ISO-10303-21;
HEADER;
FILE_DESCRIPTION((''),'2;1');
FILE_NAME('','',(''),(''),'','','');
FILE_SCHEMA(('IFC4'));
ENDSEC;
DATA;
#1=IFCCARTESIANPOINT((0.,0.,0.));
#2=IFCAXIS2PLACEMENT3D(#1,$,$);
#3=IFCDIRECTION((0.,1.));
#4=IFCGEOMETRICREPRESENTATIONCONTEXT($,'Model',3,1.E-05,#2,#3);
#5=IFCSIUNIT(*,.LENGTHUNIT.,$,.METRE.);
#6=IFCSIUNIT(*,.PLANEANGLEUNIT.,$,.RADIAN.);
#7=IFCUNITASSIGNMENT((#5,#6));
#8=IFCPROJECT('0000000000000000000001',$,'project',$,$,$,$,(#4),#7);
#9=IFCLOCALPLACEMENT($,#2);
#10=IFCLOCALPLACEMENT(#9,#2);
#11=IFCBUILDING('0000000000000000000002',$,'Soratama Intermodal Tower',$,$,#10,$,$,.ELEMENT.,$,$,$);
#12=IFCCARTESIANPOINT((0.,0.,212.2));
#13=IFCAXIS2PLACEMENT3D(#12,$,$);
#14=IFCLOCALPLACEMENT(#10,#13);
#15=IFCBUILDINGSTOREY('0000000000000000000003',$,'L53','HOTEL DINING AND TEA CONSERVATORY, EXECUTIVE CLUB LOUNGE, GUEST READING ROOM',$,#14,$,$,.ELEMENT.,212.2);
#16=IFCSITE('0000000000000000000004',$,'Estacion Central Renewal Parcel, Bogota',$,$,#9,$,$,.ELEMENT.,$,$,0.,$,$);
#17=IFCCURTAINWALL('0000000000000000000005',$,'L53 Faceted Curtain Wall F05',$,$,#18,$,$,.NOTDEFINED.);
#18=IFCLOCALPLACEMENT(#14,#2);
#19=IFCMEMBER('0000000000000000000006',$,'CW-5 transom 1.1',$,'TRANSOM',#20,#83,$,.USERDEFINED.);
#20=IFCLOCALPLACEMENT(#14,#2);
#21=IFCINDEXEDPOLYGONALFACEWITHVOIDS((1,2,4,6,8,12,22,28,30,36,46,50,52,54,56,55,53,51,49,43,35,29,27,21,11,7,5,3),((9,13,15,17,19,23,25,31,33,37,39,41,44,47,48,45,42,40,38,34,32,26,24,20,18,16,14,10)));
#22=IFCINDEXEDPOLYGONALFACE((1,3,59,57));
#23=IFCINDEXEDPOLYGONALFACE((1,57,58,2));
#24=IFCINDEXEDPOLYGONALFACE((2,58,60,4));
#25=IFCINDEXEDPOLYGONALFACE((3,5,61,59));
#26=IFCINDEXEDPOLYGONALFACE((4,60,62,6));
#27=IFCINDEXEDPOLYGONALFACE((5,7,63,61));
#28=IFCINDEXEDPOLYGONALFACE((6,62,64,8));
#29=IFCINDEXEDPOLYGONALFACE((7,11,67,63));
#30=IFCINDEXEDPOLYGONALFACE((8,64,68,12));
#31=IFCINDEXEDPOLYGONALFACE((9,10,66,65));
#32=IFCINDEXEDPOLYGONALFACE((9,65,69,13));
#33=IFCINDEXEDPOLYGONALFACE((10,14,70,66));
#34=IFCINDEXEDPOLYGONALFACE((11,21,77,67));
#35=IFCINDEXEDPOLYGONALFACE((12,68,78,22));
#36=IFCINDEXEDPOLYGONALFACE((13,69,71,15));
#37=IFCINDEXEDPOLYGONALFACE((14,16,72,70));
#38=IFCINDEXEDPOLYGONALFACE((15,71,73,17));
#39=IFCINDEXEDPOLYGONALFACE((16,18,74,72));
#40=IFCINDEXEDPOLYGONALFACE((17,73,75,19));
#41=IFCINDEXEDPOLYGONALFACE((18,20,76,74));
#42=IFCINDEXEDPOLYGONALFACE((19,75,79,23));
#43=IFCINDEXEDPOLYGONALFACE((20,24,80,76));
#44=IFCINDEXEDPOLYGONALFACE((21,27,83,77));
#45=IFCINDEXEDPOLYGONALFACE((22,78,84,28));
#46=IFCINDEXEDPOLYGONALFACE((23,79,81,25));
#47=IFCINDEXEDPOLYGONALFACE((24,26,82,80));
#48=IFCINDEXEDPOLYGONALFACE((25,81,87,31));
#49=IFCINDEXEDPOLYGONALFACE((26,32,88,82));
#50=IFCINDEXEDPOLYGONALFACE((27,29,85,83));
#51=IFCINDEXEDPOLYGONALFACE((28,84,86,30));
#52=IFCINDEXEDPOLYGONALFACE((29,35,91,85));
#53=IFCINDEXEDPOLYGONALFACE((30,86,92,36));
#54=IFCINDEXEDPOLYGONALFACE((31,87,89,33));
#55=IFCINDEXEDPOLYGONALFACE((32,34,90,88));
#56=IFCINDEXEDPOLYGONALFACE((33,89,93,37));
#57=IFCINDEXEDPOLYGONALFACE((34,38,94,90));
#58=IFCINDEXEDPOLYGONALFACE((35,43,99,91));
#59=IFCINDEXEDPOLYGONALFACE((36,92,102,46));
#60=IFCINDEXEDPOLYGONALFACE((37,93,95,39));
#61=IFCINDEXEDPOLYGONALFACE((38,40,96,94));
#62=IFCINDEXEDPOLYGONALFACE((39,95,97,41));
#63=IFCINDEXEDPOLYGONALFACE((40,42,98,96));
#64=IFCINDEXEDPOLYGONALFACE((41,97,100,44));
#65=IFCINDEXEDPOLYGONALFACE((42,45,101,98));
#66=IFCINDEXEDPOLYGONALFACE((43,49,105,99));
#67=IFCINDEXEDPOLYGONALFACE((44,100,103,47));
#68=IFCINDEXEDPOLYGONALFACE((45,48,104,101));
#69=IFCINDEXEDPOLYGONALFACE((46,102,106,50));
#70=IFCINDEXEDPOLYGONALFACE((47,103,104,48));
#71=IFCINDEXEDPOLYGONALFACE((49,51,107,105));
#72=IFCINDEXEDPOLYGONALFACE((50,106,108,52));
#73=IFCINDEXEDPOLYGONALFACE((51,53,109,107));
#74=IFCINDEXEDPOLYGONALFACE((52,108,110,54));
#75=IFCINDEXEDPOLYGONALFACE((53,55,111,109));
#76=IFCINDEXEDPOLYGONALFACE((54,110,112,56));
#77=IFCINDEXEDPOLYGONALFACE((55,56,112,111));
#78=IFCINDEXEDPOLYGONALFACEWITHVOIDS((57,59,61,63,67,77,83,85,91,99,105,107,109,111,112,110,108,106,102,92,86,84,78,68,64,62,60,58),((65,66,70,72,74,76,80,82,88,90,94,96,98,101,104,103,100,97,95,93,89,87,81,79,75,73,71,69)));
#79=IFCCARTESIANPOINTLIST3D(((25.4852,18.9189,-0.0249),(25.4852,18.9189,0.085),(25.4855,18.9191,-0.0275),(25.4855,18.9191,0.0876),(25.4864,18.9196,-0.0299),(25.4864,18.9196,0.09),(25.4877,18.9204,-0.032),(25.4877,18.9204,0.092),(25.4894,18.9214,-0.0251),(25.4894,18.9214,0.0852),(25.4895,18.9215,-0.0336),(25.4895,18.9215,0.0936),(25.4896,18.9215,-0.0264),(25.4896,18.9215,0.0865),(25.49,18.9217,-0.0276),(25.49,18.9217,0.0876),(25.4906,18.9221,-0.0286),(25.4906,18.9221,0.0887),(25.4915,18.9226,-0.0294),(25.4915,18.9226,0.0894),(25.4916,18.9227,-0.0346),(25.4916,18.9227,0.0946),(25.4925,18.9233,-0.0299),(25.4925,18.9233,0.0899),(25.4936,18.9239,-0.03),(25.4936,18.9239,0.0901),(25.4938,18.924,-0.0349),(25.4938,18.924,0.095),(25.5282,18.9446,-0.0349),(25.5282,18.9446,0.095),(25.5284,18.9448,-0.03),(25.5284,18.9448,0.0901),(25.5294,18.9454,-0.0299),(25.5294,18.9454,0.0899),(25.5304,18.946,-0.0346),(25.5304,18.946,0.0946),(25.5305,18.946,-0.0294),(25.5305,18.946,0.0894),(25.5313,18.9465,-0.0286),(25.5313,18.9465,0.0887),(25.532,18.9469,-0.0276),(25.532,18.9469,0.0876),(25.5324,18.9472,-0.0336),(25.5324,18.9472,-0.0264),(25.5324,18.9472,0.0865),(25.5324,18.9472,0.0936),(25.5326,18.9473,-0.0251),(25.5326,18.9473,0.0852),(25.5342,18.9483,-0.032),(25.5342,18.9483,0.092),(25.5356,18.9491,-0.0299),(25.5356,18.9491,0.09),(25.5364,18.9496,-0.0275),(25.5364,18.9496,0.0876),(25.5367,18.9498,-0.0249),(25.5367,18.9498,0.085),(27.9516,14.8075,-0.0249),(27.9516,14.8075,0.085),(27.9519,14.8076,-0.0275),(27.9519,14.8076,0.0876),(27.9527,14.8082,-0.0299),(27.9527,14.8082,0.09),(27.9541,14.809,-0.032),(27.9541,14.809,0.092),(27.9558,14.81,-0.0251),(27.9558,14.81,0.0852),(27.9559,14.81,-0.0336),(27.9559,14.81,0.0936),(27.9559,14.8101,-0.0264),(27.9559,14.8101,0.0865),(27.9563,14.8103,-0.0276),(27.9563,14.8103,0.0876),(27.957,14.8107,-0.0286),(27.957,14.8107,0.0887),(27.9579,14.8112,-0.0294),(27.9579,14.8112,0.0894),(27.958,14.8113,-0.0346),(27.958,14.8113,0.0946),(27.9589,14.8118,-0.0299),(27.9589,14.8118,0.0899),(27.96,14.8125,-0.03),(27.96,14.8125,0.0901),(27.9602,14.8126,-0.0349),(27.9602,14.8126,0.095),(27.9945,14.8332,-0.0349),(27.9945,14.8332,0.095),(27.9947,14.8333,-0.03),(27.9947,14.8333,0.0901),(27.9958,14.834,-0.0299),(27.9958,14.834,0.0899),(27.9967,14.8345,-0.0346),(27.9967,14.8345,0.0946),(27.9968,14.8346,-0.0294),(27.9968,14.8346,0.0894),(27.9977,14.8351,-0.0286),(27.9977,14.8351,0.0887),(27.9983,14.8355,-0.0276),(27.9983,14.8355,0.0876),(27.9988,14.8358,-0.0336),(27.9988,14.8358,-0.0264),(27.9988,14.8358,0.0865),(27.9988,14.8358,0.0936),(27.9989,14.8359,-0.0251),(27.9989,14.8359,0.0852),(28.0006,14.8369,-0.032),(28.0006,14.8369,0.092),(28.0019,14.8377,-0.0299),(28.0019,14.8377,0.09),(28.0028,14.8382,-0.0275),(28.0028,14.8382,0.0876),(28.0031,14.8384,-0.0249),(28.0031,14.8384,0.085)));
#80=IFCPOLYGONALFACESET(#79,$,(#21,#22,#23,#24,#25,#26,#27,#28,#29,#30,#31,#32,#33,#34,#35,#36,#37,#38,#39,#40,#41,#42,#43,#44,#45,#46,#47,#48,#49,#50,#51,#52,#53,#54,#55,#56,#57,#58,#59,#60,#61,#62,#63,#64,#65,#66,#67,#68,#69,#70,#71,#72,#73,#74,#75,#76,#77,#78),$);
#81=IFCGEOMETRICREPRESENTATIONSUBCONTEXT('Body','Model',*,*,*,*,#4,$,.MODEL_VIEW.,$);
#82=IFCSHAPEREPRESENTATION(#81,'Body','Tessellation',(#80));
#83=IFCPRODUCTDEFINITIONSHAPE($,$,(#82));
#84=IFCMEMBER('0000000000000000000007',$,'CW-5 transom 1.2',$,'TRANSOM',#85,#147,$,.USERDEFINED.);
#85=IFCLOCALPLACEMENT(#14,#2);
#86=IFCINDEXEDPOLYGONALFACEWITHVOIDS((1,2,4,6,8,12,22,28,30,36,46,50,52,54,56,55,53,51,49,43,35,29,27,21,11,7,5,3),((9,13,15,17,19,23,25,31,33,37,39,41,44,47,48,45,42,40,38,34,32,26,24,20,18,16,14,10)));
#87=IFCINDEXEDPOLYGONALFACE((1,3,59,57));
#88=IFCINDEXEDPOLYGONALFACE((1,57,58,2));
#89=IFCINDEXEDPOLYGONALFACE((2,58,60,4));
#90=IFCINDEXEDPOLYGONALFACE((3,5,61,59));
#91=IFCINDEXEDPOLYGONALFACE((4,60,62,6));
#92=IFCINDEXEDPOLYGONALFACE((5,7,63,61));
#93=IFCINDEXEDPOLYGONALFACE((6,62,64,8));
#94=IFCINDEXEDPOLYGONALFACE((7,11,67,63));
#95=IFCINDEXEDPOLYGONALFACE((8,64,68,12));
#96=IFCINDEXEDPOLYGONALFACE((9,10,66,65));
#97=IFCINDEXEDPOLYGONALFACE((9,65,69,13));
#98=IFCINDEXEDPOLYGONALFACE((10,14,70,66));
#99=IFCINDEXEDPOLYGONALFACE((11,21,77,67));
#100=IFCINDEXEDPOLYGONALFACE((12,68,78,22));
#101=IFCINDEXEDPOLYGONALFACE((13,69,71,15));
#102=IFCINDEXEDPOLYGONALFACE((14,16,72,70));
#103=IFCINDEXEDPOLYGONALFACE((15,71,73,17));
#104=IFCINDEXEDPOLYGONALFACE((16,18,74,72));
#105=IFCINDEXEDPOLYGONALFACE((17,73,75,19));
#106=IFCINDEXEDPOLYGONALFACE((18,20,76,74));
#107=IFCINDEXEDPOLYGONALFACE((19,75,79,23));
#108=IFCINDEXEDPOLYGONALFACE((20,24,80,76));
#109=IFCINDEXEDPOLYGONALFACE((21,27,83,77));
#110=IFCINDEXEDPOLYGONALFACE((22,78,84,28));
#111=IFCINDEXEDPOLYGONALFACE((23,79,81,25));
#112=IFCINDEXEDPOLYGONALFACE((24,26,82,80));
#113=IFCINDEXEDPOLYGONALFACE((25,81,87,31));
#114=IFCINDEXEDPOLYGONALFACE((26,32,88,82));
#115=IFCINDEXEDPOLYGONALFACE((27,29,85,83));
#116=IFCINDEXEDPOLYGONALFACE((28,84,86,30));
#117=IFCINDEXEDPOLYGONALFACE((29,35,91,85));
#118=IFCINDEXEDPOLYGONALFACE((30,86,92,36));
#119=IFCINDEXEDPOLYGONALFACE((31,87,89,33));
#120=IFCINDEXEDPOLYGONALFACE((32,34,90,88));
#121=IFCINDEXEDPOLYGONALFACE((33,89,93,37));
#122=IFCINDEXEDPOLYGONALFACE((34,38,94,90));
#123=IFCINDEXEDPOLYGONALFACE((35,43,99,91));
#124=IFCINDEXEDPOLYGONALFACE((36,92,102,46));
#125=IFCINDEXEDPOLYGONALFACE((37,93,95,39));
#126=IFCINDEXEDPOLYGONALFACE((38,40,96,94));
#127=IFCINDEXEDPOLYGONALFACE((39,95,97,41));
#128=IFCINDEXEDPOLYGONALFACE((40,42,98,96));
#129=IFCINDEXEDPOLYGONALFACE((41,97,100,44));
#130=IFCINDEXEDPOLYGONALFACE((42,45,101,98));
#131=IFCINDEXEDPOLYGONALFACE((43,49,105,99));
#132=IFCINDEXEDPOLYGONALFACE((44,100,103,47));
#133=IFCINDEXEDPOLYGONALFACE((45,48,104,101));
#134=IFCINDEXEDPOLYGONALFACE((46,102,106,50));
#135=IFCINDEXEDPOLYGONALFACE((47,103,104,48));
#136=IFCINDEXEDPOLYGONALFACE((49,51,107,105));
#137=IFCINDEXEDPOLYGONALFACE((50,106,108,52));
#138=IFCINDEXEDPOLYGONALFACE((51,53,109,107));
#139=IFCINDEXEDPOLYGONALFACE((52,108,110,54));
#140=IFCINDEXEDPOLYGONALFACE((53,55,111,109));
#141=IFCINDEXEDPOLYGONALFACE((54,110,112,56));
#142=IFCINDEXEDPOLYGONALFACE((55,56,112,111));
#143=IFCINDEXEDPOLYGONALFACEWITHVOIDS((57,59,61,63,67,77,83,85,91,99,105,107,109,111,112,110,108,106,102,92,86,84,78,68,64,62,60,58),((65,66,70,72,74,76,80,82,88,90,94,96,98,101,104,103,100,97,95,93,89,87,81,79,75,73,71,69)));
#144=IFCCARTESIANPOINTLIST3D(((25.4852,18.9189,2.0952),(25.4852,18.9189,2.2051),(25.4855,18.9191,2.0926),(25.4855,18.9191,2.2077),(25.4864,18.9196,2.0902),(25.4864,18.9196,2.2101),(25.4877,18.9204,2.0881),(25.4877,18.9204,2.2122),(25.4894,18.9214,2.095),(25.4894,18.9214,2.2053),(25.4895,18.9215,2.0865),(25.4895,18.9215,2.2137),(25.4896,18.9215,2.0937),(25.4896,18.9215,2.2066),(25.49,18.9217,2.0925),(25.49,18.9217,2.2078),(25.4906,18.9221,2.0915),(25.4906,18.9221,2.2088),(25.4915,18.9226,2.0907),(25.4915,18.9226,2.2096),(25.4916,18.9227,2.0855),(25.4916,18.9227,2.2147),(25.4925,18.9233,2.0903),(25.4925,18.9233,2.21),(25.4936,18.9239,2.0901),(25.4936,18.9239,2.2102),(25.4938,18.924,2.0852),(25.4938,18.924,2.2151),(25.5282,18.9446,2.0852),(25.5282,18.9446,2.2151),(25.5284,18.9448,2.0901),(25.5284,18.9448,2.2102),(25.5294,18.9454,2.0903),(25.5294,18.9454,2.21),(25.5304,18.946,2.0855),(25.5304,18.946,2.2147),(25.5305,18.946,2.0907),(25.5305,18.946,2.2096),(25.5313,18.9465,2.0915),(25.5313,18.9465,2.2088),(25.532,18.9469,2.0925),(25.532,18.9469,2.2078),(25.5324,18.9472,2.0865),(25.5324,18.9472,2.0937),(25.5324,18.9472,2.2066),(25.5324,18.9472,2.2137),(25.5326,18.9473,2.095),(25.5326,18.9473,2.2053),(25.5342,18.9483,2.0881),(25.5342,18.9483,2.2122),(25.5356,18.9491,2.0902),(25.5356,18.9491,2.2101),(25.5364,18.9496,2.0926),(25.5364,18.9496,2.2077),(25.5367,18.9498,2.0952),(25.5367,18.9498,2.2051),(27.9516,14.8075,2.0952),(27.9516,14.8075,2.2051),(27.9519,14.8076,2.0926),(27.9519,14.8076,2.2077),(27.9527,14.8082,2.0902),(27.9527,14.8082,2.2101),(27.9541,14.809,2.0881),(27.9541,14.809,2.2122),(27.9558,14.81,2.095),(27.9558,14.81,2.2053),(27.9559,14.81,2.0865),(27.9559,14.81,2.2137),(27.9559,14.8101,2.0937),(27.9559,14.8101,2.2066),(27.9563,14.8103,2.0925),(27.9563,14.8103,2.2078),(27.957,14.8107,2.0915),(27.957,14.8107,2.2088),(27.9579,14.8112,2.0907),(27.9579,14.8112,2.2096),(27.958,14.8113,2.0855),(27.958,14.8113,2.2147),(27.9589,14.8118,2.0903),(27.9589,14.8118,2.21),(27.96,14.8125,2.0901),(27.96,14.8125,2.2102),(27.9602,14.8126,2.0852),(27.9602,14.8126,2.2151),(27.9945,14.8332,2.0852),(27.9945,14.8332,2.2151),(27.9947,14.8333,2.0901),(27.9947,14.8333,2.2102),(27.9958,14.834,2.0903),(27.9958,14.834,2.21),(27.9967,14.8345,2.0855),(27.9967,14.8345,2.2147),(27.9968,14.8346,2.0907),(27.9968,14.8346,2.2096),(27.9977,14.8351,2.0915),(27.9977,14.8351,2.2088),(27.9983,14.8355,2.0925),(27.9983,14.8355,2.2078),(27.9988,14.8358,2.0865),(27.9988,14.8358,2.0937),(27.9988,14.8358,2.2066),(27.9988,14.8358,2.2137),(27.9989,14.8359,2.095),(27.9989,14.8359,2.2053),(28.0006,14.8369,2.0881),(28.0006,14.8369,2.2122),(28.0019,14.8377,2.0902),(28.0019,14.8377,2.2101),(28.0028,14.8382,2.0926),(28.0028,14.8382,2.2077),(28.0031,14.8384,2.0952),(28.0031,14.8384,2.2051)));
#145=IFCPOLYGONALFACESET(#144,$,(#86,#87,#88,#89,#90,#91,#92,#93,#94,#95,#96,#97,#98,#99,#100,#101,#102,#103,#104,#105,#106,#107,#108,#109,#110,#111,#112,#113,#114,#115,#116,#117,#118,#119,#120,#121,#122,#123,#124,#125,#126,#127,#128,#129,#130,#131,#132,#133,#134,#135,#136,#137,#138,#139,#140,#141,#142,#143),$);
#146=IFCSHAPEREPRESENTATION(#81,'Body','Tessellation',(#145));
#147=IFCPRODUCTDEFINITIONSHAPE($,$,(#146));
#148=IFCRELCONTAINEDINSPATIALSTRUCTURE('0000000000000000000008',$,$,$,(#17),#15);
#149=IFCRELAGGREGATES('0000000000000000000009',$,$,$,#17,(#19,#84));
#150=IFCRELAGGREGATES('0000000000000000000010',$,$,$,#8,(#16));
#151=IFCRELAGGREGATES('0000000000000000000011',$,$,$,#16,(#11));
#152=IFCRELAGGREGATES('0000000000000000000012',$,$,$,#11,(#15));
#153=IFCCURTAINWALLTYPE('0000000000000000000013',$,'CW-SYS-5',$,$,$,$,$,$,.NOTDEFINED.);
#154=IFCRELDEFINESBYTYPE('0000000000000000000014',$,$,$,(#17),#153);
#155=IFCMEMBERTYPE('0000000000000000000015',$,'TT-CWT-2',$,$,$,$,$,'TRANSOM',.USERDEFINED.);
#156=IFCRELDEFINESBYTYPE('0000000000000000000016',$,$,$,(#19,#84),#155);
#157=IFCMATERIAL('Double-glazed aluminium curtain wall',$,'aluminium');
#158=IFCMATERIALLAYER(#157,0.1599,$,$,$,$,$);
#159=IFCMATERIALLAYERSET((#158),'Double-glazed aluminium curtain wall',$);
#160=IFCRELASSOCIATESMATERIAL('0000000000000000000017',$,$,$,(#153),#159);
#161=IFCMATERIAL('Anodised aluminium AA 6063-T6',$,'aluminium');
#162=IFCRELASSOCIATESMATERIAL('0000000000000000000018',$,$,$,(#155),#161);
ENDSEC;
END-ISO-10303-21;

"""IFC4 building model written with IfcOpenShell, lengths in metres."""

from ifc_helpers import new_model, si_unit, direction, frame, origin, origin_2d, place, context, subcontext, project, spatial, hollow_rectangle, extrude, material, layer, layer_set, material_profile, profile_set, type_object, element, aggregate, save


model = new_model("IFC4")

# Units and contexts
model_context = context("Model", 3, precision=1e-05, world=origin(), true_north=direction((0.0, 1.0)))
body_context = subcontext(model_context, "Body", "Model", "MODEL_VIEW")
ifc_project = project(units=[si_unit("LENGTHUNIT", "METRE"), si_unit("PLANEANGLEUNIT", "RADIAN")], contexts=[model_context])

# Site, building, storey
site_placement = place(None, origin())
site = spatial("IfcSite", under=ifc_project, at=site_placement, Name="Estacion Central Renewal Parcel, Bogota", CompositionType="ELEMENT", RefElevation=0.0)
building_placement = place(site_placement, origin())
building = spatial("IfcBuilding", under=site, at=building_placement, Name="Soratama Intermodal Tower", CompositionType="ELEMENT")
storey_placement = place(building_placement, frame((0.0, 0.0, 212.2)))
storey = spatial("IfcBuildingStorey", under=building, at=storey_placement, Name="L53", Description="HOTEL DINING AND TEA CONSERVATORY, EXECUTIVE CLUB LOUNGE, GUEST READING ROOM", CompositionType="ELEMENT", Elevation=212.2)

# Curtain wall, members
ifc_material_1 = material(Name="Double-glazed aluminium curtain wall", Category="aluminium")
ifc_layer_1 = layer(ifc_material_1, 0.1599)
ifc_layer_set_1 = layer_set([ifc_layer_1], Name="Double-glazed aluminium curtain wall")
curtain_wall_type = type_object("IfcCurtainWallType", Name="CW-SYS-5", PredefinedType="NOTDEFINED", material=ifc_layer_set_1)
curtain_wall_placement = place(storey_placement, origin())
curtain_wall = element("IfcCurtainWall", 1, at=curtain_wall_placement, inside=storey, type_object=curtain_wall_type, Name="L53 Faceted Curtain Wall F05", PredefinedType="NOTDEFINED")
ifc_material_2 = material(Name="Anodised aluminium AA 6063-T6", Category="aluminium")
ifc_material_profile_1 = material_profile(ifc_material_2, hollow_rectangle(XDim=0.0601, YDim=0.1299, WallThickness=0.0049, InnerFilletRadius=0.0049, OuterFilletRadius=0.01, at=origin_2d()), Name="CWT130X60X5")
ifc_profile_set_1 = profile_set([ifc_material_profile_1], Name="Anodised aluminium AA 6063-T6")
member_type_1 = type_object("IfcMemberType", Name="TT-CWT-2", ElementType="TRANSOM", PredefinedType="USERDEFINED", material=ifc_profile_set_1)
member_1_placement = place(storey_placement, frame((25.511, 18.9343, 0.03), z_axis=(0.514421, -0.857538, 0.0), x_axis=(0.857538, 0.514421, 0.0)))
member_1 = element("IfcMember", 2, at=member_1_placement, type_object=member_type_1, Name="CW-5 transom 1.1", ObjectType="TRANSOM", PredefinedType="USERDEFINED", context=body_context, shape_type="SweptSolid", body=[
    extrude(hollow_rectangle(XDim=0.0601, YDim=0.1299, WallThickness=0.0049, InnerFilletRadius=0.0049, OuterFilletRadius=0.01, at=origin_2d()), origin(), (0.0, 0.0, 1.0), 4.7944),
])
member_2_placement = place(storey_placement, frame((25.511, 18.9343, 2.1501), z_axis=(0.514421, -0.857538, 0.0), x_axis=(0.857538, 0.514421, 0.0)))
member_2 = element("IfcMember", 3, at=member_2_placement, type_object=member_type_1, Name="CW-5 transom 1.2", ObjectType="TRANSOM", PredefinedType="USERDEFINED", context=body_context, shape_type="SweptSolid", body=[
    extrude(hollow_rectangle(XDim=0.0601, YDim=0.1299, WallThickness=0.0049, InnerFilletRadius=0.0049, OuterFilletRadius=0.01, at=origin_2d()), origin(), (0.0, 0.0, 1.0), 4.7944),
])
aggregate(curtain_wall, [member_1, member_2])

save(model, "model.ifc")
